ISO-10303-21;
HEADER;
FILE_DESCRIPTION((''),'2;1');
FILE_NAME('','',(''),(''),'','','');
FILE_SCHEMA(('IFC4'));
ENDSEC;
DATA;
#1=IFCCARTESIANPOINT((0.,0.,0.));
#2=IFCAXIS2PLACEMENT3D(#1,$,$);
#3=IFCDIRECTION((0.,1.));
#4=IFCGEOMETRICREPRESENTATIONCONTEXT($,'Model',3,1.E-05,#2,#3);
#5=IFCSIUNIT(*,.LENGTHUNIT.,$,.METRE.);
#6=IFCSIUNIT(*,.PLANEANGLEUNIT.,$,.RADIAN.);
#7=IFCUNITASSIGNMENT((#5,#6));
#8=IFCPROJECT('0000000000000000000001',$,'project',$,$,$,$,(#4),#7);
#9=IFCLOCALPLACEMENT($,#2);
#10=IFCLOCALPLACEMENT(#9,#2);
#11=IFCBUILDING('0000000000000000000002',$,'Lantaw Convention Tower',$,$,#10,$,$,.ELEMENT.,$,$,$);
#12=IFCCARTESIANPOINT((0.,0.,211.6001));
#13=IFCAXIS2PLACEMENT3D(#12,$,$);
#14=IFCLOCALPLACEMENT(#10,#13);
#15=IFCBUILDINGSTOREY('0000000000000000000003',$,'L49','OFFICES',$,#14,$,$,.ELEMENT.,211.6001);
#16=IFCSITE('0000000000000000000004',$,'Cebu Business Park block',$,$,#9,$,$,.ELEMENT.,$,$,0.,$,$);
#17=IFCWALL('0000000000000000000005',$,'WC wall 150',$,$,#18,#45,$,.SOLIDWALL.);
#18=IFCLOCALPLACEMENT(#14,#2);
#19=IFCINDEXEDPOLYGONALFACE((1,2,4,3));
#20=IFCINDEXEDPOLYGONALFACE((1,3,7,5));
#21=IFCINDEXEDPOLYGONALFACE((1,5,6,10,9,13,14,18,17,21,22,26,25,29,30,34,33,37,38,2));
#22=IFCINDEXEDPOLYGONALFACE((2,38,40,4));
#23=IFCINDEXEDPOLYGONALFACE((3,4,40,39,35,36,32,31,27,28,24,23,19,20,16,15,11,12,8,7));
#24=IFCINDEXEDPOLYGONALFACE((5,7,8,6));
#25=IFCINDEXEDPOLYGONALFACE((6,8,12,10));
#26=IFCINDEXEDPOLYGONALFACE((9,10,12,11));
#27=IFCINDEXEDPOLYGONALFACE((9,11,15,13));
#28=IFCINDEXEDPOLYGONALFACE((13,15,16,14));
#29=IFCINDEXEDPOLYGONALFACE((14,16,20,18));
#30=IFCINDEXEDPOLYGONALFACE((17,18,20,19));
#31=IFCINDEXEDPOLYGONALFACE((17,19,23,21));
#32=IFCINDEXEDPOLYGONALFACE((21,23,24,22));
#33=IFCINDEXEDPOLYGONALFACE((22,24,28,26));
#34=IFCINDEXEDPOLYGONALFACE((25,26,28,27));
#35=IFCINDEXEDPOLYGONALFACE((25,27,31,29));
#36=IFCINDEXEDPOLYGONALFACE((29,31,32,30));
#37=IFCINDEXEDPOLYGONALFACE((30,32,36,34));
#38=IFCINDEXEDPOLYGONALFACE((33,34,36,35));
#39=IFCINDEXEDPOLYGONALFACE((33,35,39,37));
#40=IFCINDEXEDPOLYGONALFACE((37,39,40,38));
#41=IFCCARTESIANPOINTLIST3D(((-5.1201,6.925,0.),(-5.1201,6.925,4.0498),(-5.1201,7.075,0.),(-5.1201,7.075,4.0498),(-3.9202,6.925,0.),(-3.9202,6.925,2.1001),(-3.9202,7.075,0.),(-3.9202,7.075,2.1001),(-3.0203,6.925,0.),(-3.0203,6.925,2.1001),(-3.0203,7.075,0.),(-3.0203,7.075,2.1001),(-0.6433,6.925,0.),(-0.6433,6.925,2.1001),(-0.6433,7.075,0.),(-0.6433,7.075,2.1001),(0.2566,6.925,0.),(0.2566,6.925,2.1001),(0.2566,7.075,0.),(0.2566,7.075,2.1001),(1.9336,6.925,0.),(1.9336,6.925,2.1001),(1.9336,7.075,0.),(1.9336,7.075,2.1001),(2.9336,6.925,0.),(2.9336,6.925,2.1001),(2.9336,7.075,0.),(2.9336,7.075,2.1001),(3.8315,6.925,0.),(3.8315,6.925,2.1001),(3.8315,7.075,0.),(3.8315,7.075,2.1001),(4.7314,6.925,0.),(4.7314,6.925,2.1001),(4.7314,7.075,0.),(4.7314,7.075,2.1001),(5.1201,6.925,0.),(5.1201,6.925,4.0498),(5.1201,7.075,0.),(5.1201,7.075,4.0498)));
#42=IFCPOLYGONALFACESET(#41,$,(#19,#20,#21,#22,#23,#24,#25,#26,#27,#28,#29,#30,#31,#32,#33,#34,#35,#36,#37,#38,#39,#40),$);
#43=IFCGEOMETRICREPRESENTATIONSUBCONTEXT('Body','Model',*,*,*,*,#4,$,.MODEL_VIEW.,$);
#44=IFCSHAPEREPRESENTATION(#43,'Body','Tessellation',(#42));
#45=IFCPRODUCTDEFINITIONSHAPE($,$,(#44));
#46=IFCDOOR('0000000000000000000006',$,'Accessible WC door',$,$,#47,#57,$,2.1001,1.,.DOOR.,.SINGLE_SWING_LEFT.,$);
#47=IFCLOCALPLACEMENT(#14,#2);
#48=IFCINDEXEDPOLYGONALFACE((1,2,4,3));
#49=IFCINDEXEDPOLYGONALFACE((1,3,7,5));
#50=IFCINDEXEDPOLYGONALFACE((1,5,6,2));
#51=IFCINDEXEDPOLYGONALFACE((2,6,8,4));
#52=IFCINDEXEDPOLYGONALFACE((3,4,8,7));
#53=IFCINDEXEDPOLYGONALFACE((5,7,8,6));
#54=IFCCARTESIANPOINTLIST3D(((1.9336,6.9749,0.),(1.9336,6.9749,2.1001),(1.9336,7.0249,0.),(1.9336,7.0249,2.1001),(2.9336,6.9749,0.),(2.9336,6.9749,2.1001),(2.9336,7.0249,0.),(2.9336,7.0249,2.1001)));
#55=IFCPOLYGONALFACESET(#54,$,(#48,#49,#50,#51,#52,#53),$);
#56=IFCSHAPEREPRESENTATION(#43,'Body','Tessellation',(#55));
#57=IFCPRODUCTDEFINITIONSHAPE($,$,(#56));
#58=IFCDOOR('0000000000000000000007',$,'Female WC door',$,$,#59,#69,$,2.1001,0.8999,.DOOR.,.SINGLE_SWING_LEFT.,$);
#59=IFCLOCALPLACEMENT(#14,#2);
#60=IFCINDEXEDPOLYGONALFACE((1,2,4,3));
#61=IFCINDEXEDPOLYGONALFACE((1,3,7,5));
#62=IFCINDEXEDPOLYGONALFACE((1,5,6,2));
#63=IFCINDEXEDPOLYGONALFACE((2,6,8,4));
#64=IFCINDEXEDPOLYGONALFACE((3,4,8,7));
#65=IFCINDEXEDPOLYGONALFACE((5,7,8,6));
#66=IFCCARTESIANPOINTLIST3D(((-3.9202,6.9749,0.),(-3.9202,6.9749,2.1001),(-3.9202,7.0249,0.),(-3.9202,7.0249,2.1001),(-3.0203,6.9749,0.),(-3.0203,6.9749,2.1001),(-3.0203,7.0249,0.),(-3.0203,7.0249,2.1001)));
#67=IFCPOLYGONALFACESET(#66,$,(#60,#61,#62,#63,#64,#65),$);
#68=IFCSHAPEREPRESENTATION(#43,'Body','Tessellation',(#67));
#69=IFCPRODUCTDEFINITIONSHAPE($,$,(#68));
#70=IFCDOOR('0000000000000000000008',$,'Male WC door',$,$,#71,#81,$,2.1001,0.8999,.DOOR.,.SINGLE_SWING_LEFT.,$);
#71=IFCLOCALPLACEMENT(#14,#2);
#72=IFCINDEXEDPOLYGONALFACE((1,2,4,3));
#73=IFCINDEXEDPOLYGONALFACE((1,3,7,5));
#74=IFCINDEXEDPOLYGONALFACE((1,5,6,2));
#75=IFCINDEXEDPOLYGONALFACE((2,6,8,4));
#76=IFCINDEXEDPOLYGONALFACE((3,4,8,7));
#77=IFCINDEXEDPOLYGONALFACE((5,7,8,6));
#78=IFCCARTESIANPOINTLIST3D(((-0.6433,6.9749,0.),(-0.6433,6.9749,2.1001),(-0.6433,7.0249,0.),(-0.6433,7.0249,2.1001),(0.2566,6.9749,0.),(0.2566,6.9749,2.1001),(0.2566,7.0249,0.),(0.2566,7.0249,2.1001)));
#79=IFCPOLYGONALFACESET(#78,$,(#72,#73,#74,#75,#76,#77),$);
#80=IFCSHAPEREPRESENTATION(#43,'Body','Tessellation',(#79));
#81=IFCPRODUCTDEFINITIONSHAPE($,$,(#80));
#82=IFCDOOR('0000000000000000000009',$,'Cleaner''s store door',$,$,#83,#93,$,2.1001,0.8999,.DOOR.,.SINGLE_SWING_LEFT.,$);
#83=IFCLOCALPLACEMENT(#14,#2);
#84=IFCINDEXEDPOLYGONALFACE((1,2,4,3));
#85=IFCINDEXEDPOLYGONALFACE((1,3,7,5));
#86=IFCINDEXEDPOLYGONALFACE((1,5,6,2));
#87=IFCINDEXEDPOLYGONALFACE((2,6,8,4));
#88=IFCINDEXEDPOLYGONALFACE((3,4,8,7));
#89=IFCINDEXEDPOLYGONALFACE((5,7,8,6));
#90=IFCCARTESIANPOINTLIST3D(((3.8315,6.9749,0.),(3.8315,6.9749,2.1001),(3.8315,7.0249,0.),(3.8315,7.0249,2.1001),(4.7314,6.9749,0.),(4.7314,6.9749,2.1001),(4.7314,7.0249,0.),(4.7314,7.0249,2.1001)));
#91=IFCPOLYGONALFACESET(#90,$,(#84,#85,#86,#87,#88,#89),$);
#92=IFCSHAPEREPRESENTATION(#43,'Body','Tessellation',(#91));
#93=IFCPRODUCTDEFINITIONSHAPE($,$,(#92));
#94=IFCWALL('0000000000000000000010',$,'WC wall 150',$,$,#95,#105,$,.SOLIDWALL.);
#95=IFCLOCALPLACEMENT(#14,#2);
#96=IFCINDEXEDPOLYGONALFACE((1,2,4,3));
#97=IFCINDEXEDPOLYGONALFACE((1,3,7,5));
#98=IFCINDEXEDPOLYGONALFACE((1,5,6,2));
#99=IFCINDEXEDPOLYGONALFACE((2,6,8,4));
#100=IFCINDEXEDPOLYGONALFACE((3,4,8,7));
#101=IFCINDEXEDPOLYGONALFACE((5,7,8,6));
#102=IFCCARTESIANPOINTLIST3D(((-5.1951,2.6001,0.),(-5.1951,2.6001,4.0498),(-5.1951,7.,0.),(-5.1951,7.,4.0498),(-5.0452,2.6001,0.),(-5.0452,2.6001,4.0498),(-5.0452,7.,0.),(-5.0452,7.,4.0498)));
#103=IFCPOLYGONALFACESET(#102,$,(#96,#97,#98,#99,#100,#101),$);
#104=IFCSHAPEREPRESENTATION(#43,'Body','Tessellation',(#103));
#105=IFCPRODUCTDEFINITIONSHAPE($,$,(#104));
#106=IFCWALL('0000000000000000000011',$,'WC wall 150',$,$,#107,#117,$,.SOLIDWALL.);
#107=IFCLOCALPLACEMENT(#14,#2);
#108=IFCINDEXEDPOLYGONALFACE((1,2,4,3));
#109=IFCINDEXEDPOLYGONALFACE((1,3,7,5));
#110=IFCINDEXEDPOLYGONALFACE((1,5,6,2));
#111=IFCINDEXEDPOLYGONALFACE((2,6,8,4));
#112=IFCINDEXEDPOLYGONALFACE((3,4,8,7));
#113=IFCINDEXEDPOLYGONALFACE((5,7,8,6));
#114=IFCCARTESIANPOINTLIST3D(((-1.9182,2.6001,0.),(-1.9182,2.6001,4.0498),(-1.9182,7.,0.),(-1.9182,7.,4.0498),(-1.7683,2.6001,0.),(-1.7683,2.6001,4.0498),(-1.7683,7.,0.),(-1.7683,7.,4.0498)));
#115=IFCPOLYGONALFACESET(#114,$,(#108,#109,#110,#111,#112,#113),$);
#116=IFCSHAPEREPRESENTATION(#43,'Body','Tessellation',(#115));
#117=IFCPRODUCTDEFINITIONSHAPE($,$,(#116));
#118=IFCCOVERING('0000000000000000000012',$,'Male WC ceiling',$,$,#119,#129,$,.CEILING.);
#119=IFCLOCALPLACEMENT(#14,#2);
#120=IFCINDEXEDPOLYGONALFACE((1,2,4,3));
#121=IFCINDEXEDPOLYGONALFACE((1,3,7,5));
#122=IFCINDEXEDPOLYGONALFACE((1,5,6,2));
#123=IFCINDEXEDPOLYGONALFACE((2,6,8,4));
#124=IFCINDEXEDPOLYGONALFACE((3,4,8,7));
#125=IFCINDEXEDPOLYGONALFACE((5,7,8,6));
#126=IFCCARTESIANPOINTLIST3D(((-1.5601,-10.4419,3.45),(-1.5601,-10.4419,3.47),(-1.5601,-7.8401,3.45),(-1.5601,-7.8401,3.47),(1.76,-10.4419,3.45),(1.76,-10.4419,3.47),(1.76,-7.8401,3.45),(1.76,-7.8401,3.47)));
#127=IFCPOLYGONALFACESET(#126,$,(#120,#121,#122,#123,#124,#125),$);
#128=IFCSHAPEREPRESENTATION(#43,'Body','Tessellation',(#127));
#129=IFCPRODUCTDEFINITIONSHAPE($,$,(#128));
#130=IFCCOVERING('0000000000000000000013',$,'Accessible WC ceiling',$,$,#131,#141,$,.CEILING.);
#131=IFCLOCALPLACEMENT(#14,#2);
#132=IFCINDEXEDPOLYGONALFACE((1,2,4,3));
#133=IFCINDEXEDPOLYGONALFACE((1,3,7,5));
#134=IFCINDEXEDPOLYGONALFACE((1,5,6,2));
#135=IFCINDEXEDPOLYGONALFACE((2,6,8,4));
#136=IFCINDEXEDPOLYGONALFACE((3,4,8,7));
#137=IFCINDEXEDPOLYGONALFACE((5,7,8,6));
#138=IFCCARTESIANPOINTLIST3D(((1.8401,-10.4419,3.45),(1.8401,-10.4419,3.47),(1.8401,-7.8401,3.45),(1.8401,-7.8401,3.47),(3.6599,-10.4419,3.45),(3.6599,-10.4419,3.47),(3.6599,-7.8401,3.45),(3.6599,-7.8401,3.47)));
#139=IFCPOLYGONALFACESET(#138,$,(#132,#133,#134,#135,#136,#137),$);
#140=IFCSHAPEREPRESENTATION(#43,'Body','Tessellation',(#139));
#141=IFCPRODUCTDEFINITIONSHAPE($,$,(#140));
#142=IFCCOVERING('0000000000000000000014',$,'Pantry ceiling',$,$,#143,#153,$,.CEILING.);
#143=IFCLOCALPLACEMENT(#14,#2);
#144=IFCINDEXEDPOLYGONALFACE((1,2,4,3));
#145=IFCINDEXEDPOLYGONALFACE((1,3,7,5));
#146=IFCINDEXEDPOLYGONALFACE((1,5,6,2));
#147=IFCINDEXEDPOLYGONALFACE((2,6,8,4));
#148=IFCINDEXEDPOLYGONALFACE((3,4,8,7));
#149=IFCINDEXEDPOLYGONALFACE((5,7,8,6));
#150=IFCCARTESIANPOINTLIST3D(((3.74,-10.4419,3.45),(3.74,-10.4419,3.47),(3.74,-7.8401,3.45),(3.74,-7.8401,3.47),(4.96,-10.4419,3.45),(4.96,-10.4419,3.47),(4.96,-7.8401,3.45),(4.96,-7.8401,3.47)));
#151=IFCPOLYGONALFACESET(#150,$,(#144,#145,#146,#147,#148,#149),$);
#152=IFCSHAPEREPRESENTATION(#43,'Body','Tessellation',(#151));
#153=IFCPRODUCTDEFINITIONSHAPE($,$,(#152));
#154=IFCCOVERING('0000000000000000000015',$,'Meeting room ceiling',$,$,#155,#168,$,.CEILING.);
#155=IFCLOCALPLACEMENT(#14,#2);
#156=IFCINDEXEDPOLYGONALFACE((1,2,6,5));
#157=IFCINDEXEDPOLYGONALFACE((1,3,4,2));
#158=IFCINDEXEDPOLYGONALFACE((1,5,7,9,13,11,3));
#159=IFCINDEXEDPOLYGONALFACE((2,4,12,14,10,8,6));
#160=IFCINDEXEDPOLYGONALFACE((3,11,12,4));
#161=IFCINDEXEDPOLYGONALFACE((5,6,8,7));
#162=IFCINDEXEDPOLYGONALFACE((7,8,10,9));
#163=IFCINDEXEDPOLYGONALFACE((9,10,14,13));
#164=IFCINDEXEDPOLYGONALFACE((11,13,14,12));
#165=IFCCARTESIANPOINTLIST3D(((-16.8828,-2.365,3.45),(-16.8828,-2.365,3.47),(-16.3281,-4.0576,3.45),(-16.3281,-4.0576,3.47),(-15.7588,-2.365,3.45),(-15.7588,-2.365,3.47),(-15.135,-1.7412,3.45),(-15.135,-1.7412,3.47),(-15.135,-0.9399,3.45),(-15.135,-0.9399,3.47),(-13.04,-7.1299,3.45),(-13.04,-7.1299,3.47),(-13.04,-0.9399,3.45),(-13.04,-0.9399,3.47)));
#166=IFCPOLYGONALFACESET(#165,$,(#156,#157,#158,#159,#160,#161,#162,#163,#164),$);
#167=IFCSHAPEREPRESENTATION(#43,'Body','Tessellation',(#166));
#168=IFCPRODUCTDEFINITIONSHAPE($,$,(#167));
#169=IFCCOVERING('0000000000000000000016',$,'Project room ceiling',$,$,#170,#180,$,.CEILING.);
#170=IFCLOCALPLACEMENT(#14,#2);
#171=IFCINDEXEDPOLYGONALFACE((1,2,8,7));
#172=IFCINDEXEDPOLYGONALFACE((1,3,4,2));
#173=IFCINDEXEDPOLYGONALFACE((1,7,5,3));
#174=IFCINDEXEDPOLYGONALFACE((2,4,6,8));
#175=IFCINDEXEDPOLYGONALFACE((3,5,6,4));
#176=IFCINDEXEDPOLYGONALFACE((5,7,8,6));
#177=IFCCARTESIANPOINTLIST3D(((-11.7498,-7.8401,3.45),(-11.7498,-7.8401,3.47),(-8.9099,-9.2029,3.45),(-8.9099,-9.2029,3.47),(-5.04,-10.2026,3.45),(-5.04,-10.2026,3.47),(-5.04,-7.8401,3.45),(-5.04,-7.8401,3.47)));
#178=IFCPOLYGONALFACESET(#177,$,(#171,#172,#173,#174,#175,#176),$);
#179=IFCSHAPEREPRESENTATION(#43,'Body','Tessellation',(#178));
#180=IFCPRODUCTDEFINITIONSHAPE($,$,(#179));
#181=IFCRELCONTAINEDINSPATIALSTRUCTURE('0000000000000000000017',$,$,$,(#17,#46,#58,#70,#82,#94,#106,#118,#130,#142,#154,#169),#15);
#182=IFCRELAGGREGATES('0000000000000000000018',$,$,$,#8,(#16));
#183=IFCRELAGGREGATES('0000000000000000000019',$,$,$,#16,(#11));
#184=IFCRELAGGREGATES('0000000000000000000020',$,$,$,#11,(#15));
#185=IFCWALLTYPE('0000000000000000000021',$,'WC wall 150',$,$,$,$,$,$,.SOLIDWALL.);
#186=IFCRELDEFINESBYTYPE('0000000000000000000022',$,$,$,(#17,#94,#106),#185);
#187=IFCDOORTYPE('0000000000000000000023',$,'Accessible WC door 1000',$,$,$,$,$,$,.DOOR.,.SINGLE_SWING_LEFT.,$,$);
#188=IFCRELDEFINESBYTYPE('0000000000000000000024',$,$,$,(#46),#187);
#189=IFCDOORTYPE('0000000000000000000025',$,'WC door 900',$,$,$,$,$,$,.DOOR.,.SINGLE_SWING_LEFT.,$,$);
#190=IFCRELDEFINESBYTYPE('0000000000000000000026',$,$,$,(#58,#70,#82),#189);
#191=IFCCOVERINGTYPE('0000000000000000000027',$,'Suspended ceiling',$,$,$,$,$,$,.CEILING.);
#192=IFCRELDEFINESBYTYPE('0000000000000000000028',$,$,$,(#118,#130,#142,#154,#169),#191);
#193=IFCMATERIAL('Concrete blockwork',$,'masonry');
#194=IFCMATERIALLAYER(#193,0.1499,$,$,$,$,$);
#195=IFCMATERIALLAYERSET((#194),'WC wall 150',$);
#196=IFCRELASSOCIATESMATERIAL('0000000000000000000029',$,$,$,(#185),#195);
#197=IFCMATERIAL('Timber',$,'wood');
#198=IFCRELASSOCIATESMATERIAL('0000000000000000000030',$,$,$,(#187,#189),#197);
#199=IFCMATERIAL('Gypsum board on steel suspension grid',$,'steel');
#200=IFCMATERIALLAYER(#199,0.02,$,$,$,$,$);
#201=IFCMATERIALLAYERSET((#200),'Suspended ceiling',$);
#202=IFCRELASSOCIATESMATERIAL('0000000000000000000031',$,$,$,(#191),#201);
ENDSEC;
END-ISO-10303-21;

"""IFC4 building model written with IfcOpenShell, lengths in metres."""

from ifc_helpers import new_model, si_unit, direction, frame, frame_2d, origin, place, context, subcontext, project, spatial, polyline, rectangle, outline, extrude, material, layer, layer_set, type_object, element, fill, save


model = new_model("IFC4")

# Units and contexts
model_context = context("Model", 3, precision=1e-05, world=origin(), true_north=direction((0.0, 1.0)))
body_context = subcontext(model_context, "Body", "Model", "MODEL_VIEW")
ifc_project = project(units=[si_unit("LENGTHUNIT", "METRE"), si_unit("PLANEANGLEUNIT", "RADIAN")], contexts=[model_context])

# Site, building, storey
site_placement = place(None, origin())
site = spatial("IfcSite", under=ifc_project, at=site_placement, Name="Cebu Business Park block", CompositionType="ELEMENT", RefElevation=0.0)
building_placement = place(site_placement, origin())
building = spatial("IfcBuilding", under=site, at=building_placement, Name="Lantaw Convention Tower", CompositionType="ELEMENT")
storey_placement = place(building_placement, frame((0.0, 0.0, 211.6001)))
storey = spatial("IfcBuildingStorey", under=building, at=storey_placement, Name="L49", Description="OFFICES", CompositionType="ELEMENT", Elevation=211.6001)

# Wall, openings, doors
ifc_material_1 = material(Name="Concrete blockwork", Category="masonry")
ifc_layer_1 = layer(ifc_material_1, 0.1499)
ifc_layer_set_1 = layer_set([ifc_layer_1], Name="WC wall 150")
wall_type_1 = type_object("IfcWallType", Name="WC wall 150", PredefinedType="SOLIDWALL", material=ifc_layer_set_1)
wall_1_placement = place(storey_placement, frame((-5.1201, 7.0, 0.0), z_axis=(0.0, 0.0, 1.0), x_axis=(1.0, 0.0, 0.0)))
wall_1 = element("IfcWall", 1, at=wall_1_placement, inside=storey, type_object=wall_type_1, Name="WC wall 150", PredefinedType="SOLIDWALL", context=body_context, shape_type="SweptSolid", body=[
    extrude(rectangle(XDim=10.2402, YDim=0.1499, at=frame_2d((5.1201, 0.0))), origin(), (0.0, 0.0, 1.0), 4.0498),
])
opening_1_placement = place(wall_1_placement, frame((1.2, 0.0, 0.0)))
opening_1 = element("IfcOpeningElement", 2, at=opening_1_placement, cuts=wall_1, PredefinedType="OPENING", context=body_context, shape_type="SweptSolid", body=[
    extrude(rectangle(XDim=0.8999, YDim=2.1001, at=frame_2d((0.45, 1.05))), frame((0.0, 0.085, 0.0), z_axis=(0.0, -1.0, 0.0), x_axis=(1.0, 0.0, 0.0)), (0.0, 0.0, 1.0), 0.1699),
])
opening_2_placement = place(wall_1_placement, frame((4.4768, 0.0, 0.0)))
opening_2 = element("IfcOpeningElement", 3, at=opening_2_placement, cuts=wall_1, PredefinedType="OPENING", context=body_context, shape_type="SweptSolid", body=[
    extrude(rectangle(XDim=0.8999, YDim=2.1001, at=frame_2d((0.45, 1.05))), frame((0.0, 0.085, 0.0), z_axis=(0.0, -1.0, 0.0), x_axis=(1.0, 0.0, 0.0)), (0.0, 0.0, 1.0), 0.1699),
])
opening_3_placement = place(wall_1_placement, frame((7.0537, 0.0, 0.0)))
opening_3 = element("IfcOpeningElement", 4, at=opening_3_placement, cuts=wall_1, PredefinedType="OPENING", context=body_context, shape_type="SweptSolid", body=[
    extrude(rectangle(XDim=1.0, YDim=2.1001, at=frame_2d((0.5, 1.05))), frame((0.0, 0.085, 0.0), z_axis=(0.0, -1.0, 0.0), x_axis=(1.0, 0.0, 0.0)), (0.0, 0.0, 1.0), 0.1699),
])
opening_4_placement = place(wall_1_placement, frame((8.9517, 0.0, 0.0)))
opening_4 = element("IfcOpeningElement", 5, at=opening_4_placement, cuts=wall_1, PredefinedType="OPENING", context=body_context, shape_type="SweptSolid", body=[
    extrude(rectangle(XDim=0.8999, YDim=2.1001, at=frame_2d((0.45, 1.05))), frame((0.0, 0.085, 0.0), z_axis=(0.0, -1.0, 0.0), x_axis=(1.0, 0.0, 0.0)), (0.0, 0.0, 1.0), 0.1699),
])
ifc_material_2 = material(Name="Timber", Category="wood")
door_type_1 = type_object("IfcDoorType", Name="Accessible WC door 1000", OperationType="SINGLE_SWING_LEFT", PredefinedType="DOOR", material=ifc_material_2)
door_1_placement = place(opening_3_placement, origin())
door_1 = element("IfcDoor", 6, at=door_1_placement, inside=storey, type_object=door_type_1, Name="Accessible WC door", OperationType="SINGLE_SWING_LEFT", OverallHeight=2.1001, OverallWidth=1.0, PredefinedType="DOOR", context=body_context, shape_type="SweptSolid", body=[
    extrude(rectangle(XDim=1.0, YDim=2.1001, at=frame_2d((0.5, 1.05))), frame((0.0, 0.0249, 0.0), z_axis=(0.0, -1.0, 0.0), x_axis=(1.0, 0.0, 0.0)), (0.0, 0.0, 1.0), 0.05),
])
fill(opening_3, door_1)
door_type_2 = type_object("IfcDoorType", Name="WC door 900", OperationType="SINGLE_SWING_LEFT", PredefinedType="DOOR", material=ifc_material_2)
door_2_placement = place(opening_1_placement, origin())
door_2 = element("IfcDoor", 7, at=door_2_placement, inside=storey, type_object=door_type_2, Name="Female WC door", OperationType="SINGLE_SWING_LEFT", OverallHeight=2.1001, OverallWidth=0.8999, PredefinedType="DOOR", context=body_context, shape_type="SweptSolid", body=[
    extrude(rectangle(XDim=0.8999, YDim=2.1001, at=frame_2d((0.45, 1.05))), frame((0.0, 0.0249, 0.0), z_axis=(0.0, -1.0, 0.0), x_axis=(1.0, 0.0, 0.0)), (0.0, 0.0, 1.0), 0.05),
])
fill(opening_1, door_2)
door_3_placement = place(opening_2_placement, origin())
door_3 = element("IfcDoor", 8, at=door_3_placement, inside=storey, type_object=door_type_2, Name="Male WC door", OperationType="SINGLE_SWING_LEFT", OverallHeight=2.1001, OverallWidth=0.8999, PredefinedType="DOOR", context=body_context, shape_type="SweptSolid", body=[
    extrude(rectangle(XDim=0.8999, YDim=2.1001, at=frame_2d((0.45, 1.05))), frame((0.0, 0.0249, 0.0), z_axis=(0.0, -1.0, 0.0), x_axis=(1.0, 0.0, 0.0)), (0.0, 0.0, 1.0), 0.05),
])
fill(opening_2, door_3)
door_4_placement = place(opening_4_placement, origin())
door_4 = element("IfcDoor", 9, at=door_4_placement, inside=storey, type_object=door_type_2, Name="Cleaner's store door", OperationType="SINGLE_SWING_LEFT", OverallHeight=2.1001, OverallWidth=0.8999, PredefinedType="DOOR", context=body_context, shape_type="SweptSolid", body=[
    extrude(rectangle(XDim=0.8999, YDim=2.1001, at=frame_2d((0.45, 1.05))), frame((0.0, 0.0249, 0.0), z_axis=(0.0, -1.0, 0.0), x_axis=(1.0, 0.0, 0.0)), (0.0, 0.0, 1.0), 0.05),
])
fill(opening_4, door_4)

# Walls
for number, where, z_axis, x_axis, name in (
    (10, (-5.1201, 2.6001, 0.0), (0.0, 0.0, 1.0), (0.0, 1.0, 0.0), "WC wall 150"),
    (11, (-1.8433, 2.6001, 0.0), (0.0, 0.0, 1.0), (0.0, 1.0, 0.0), "WC wall 150"),
):
    element("IfcWall", number, at=place(storey_placement, frame(where, z_axis=z_axis, x_axis=x_axis)), inside=storey, type_object=wall_type_1, Name=name, PredefinedType="SOLIDWALL", context=body_context, shape_type="SweptSolid", body=[
        extrude(rectangle(XDim=4.3999, YDim=0.1499, at=frame_2d((2.2, 0.0))), origin(), (0.0, 0.0, 1.0), 4.0498),
    ])

# Coverings
ifc_material_3 = material(Name="Gypsum board on steel suspension grid", Category="steel")
ifc_layer_2 = layer(ifc_material_3, 0.02)
ifc_layer_set_2 = layer_set([ifc_layer_2], Name="Suspended ceiling")
covering_type = type_object("IfcCoveringType", Name="Suspended ceiling", PredefinedType="CEILING", material=ifc_layer_set_2)
covering_1_placement = place(storey_placement, frame((0.0, 0.0, 3.45)))
element("IfcCovering", 12, at=covering_1_placement, inside=storey, type_object=covering_type, Name="Male WC ceiling", PredefinedType="CEILING", context=body_context, shape_type="SweptSolid", body=[
    extrude(outline(polyline([(-1.5601, -10.4419), (1.76, -10.4419), (1.76, -7.8401), (-1.5601, -7.8401), (-1.5601, -10.4419)])), origin(), (0.0, 0.0, 1.0), 0.02),
])
covering_2_placement = place(storey_placement, frame((0.0, 0.0, 3.45)))
element("IfcCovering", 13, at=covering_2_placement, inside=storey, type_object=covering_type, Name="Accessible WC ceiling", PredefinedType="CEILING", context=body_context, shape_type="SweptSolid", body=[
    extrude(outline(polyline([(1.8401, -10.4419), (3.6599, -10.4419), (3.6599, -7.8401), (1.8401, -7.8401), (1.8401, -10.4419)])), origin(), (0.0, 0.0, 1.0), 0.02),
])
covering_3_placement = place(storey_placement, frame((0.0, 0.0, 3.45)))
element("IfcCovering", 14, at=covering_3_placement, inside=storey, type_object=covering_type, Name="Pantry ceiling", PredefinedType="CEILING", context=body_context, shape_type="SweptSolid", body=[
    extrude(outline(polyline([(3.74, -10.4419), (4.96, -10.4419), (4.96, -7.8401), (3.74, -7.8401), (3.74, -10.4419)])), origin(), (0.0, 0.0, 1.0), 0.02),
])
covering_4_placement = place(storey_placement, frame((0.0, 0.0, 3.45)))
element("IfcCovering", 15, at=covering_4_placement, inside=storey, type_object=covering_type, Name="Meeting room ceiling", PredefinedType="CEILING", context=body_context, shape_type="SweptSolid", body=[
    extrude(outline(polyline([(-16.3281, -4.0576), (-13.04, -7.1299), (-13.04, -0.9399), (-15.135, -0.9399), (-15.135, -1.7412), (-15.7588, -2.365), (-16.8828, -2.365), (-16.3281, -4.0576)])), origin(), (0.0, 0.0, 1.0), 0.02),
])
covering_5_placement = place(storey_placement, frame((0.0, 0.0, 3.45)))
element("IfcCovering", 16, at=covering_5_placement, inside=storey, type_object=covering_type, Name="Project room ceiling", PredefinedType="CEILING", context=body_context, shape_type="SweptSolid", body=[
    extrude(outline(polyline([(-5.04, -7.8401), (-11.7498, -7.8401), (-8.9099, -9.2029), (-5.04, -10.2026), (-5.04, -7.8401)])), origin(), (0.0, 0.0, 1.0), 0.02),
])

save(model, "model.ifc")
